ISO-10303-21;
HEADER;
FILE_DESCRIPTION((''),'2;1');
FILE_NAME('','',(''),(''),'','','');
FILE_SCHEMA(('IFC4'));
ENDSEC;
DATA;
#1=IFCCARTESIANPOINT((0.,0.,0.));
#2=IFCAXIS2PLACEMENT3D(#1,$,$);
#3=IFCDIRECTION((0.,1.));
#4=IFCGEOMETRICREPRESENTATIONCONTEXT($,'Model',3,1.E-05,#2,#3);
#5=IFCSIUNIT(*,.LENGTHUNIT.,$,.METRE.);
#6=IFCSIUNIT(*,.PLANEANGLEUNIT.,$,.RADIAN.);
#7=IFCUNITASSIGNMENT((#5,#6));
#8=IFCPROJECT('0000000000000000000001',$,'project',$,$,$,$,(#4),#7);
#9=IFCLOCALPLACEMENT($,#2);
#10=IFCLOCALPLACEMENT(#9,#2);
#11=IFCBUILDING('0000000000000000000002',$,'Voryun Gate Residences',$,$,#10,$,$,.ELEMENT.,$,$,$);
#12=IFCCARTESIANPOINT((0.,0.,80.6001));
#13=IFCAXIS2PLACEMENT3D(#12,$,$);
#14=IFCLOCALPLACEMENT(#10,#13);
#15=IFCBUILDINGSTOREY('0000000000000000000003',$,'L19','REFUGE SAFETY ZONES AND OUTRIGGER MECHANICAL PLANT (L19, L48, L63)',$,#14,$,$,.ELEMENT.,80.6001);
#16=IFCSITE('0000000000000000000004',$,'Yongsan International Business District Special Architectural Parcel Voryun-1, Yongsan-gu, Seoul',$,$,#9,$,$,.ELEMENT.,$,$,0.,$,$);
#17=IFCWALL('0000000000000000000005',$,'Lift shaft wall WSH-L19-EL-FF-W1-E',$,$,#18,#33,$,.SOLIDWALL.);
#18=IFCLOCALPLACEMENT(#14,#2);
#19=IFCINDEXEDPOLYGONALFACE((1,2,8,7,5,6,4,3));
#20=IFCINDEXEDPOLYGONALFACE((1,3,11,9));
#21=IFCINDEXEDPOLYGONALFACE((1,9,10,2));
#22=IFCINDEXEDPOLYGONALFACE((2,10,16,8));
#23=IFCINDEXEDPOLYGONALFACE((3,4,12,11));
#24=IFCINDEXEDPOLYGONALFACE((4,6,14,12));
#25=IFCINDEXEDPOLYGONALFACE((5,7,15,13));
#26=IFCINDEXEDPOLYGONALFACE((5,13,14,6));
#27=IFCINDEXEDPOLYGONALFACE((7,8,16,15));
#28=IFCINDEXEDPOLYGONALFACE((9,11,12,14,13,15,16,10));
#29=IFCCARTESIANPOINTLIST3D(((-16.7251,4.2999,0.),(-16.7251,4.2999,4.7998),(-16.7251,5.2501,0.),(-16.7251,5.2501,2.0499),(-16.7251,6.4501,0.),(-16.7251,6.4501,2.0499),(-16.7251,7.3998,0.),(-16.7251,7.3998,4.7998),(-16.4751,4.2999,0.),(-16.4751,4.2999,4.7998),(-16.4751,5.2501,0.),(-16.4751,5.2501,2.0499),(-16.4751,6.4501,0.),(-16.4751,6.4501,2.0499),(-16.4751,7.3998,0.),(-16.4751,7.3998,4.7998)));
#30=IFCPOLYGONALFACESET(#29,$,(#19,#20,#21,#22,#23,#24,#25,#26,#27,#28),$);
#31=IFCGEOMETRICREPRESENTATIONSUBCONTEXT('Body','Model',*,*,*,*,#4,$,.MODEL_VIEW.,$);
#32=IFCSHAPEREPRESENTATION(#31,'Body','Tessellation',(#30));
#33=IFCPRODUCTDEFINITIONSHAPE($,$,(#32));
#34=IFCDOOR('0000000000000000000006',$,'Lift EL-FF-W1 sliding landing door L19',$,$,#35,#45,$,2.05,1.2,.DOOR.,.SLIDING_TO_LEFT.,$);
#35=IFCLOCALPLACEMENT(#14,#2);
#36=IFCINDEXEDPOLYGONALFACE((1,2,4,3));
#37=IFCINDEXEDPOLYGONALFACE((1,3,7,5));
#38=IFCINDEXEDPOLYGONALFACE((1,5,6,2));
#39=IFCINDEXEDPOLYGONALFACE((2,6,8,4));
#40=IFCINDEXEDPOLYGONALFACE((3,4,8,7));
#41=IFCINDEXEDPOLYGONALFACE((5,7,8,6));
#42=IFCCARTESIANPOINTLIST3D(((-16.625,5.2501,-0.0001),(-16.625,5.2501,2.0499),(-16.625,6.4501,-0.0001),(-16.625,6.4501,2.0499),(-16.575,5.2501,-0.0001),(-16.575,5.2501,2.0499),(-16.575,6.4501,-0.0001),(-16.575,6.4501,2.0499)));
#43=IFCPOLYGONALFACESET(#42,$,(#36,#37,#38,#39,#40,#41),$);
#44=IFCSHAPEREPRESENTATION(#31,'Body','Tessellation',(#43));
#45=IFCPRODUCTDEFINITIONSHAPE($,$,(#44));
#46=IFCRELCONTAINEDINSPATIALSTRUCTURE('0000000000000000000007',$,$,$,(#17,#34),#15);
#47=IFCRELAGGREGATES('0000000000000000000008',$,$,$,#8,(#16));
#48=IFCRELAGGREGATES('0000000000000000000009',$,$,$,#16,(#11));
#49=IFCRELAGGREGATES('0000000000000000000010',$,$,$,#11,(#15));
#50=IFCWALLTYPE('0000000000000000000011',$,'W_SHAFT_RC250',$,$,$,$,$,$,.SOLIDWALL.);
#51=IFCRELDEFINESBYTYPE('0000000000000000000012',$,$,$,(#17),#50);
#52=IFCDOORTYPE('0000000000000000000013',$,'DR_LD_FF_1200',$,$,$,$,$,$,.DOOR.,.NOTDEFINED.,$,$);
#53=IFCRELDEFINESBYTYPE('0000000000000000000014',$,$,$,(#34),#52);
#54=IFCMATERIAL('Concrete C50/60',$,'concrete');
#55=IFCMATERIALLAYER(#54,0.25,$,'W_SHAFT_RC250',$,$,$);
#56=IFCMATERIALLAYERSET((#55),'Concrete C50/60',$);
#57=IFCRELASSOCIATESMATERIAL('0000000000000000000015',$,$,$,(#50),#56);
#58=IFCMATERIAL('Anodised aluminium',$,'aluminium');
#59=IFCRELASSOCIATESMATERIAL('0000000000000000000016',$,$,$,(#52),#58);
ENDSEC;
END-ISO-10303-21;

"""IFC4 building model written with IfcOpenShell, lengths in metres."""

from ifc_helpers import new_model, si_unit, direction, frame, frame_2d, origin, place, context, subcontext, project, spatial, rectangle, extrude, material, layer, layer_set, type_object, element, fill, save


model = new_model("IFC4")

# Units and contexts
model_context = context("Model", 3, precision=1e-05, world=origin(), true_north=direction((0.0, 1.0)))
body_context = subcontext(model_context, "Body", "Model", "MODEL_VIEW")
ifc_project = project(units=[si_unit("LENGTHUNIT", "METRE"), si_unit("PLANEANGLEUNIT", "RADIAN")], contexts=[model_context])

# Site, building, storey
site_placement = place(None, origin())
site = spatial("IfcSite", under=ifc_project, at=site_placement, Name="Yongsan International Business District Special Architectural Parcel Voryun-1, Yongsan-gu, Seoul", CompositionType="ELEMENT", RefElevation=0.0)
building_placement = place(site_placement, origin())
building = spatial("IfcBuilding", under=site, at=building_placement, Name="Voryun Gate Residences", CompositionType="ELEMENT")
storey_placement = place(building_placement, frame((0.0, 0.0, 80.6001)))
storey = spatial("IfcBuildingStorey", under=building, at=storey_placement, Name="L19", Description="REFUGE SAFETY ZONES AND OUTRIGGER MECHANICAL PLANT (L19, L48, L63)", CompositionType="ELEMENT", Elevation=80.6001)

# Wall, opening, door
ifc_material_1 = material(Name="Concrete C50/60", Category="concrete")
ifc_layer_1 = layer(ifc_material_1, 0.25, Name="W_SHAFT_RC250")
ifc_layer_set_1 = layer_set([ifc_layer_1], Name="Concrete C50/60")
wall_type_1 = type_object("IfcWallType", Name="W_SHAFT_RC250", PredefinedType="SOLIDWALL", material=ifc_layer_set_1)
wall_1_placement = place(storey_placement, frame((-16.6001, 4.3, 0.0), z_axis=(0.0, 0.0, 1.0), x_axis=(0.0, 1.0, 0.0)))
wall_1 = element("IfcWall", 1, at=wall_1_placement, inside=storey, type_object=wall_type_1, Name="Lift shaft wall WSH-L19-EL-FF-W1-E", PredefinedType="SOLIDWALL", context=body_context, shape_type="SweptSolid", body=[
    extrude(rectangle(XDim=3.0999, YDim=0.25, at=frame_2d((1.5498, 0.0))), origin(), (0.0, 0.0, 1.0), 4.7998),
])
opening_1_placement = place(wall_1_placement, frame((0.95, 0.0, 0.0)))
opening_1 = element("IfcOpeningElement", 2, at=opening_1_placement, cuts=wall_1, PredefinedType="OPENING", context=body_context, shape_type="SweptSolid", body=[
    extrude(rectangle(XDim=1.2, YDim=2.05, at=frame_2d((0.6001, 1.0249))), frame((0.0, 0.135, 0.0), z_axis=(0.0, -1.0, 0.0), x_axis=(1.0, 0.0, 0.0)), (0.0, 0.0, 1.0), 0.27),
])
ifc_material_2 = material(Name="Anodised aluminium", Category="aluminium")
door_type_1 = type_object("IfcDoorType", Name="DR_LD_FF_1200", OperationType="NOTDEFINED", PredefinedType="DOOR", material=ifc_material_2)
door_1_placement = place(opening_1_placement, origin())
door_1 = element("IfcDoor", 3, at=door_1_placement, inside=storey, type_object=door_type_1, Name="Lift EL-FF-W1 sliding landing door L19", OperationType="SLIDING_TO_LEFT", OverallHeight=2.05, OverallWidth=1.2, PredefinedType="DOOR", context=body_context, shape_type="SweptSolid", body=[
    extrude(rectangle(XDim=1.2, YDim=2.05, at=frame_2d((0.6001, 1.0249))), frame((0.0, 0.0249, 0.0), z_axis=(0.0, -1.0, 0.0), x_axis=(1.0, 0.0, 0.0)), (0.0, 0.0, 1.0), 0.05),
])
fill(opening_1, door_1)

save(model, "model.ifc")
